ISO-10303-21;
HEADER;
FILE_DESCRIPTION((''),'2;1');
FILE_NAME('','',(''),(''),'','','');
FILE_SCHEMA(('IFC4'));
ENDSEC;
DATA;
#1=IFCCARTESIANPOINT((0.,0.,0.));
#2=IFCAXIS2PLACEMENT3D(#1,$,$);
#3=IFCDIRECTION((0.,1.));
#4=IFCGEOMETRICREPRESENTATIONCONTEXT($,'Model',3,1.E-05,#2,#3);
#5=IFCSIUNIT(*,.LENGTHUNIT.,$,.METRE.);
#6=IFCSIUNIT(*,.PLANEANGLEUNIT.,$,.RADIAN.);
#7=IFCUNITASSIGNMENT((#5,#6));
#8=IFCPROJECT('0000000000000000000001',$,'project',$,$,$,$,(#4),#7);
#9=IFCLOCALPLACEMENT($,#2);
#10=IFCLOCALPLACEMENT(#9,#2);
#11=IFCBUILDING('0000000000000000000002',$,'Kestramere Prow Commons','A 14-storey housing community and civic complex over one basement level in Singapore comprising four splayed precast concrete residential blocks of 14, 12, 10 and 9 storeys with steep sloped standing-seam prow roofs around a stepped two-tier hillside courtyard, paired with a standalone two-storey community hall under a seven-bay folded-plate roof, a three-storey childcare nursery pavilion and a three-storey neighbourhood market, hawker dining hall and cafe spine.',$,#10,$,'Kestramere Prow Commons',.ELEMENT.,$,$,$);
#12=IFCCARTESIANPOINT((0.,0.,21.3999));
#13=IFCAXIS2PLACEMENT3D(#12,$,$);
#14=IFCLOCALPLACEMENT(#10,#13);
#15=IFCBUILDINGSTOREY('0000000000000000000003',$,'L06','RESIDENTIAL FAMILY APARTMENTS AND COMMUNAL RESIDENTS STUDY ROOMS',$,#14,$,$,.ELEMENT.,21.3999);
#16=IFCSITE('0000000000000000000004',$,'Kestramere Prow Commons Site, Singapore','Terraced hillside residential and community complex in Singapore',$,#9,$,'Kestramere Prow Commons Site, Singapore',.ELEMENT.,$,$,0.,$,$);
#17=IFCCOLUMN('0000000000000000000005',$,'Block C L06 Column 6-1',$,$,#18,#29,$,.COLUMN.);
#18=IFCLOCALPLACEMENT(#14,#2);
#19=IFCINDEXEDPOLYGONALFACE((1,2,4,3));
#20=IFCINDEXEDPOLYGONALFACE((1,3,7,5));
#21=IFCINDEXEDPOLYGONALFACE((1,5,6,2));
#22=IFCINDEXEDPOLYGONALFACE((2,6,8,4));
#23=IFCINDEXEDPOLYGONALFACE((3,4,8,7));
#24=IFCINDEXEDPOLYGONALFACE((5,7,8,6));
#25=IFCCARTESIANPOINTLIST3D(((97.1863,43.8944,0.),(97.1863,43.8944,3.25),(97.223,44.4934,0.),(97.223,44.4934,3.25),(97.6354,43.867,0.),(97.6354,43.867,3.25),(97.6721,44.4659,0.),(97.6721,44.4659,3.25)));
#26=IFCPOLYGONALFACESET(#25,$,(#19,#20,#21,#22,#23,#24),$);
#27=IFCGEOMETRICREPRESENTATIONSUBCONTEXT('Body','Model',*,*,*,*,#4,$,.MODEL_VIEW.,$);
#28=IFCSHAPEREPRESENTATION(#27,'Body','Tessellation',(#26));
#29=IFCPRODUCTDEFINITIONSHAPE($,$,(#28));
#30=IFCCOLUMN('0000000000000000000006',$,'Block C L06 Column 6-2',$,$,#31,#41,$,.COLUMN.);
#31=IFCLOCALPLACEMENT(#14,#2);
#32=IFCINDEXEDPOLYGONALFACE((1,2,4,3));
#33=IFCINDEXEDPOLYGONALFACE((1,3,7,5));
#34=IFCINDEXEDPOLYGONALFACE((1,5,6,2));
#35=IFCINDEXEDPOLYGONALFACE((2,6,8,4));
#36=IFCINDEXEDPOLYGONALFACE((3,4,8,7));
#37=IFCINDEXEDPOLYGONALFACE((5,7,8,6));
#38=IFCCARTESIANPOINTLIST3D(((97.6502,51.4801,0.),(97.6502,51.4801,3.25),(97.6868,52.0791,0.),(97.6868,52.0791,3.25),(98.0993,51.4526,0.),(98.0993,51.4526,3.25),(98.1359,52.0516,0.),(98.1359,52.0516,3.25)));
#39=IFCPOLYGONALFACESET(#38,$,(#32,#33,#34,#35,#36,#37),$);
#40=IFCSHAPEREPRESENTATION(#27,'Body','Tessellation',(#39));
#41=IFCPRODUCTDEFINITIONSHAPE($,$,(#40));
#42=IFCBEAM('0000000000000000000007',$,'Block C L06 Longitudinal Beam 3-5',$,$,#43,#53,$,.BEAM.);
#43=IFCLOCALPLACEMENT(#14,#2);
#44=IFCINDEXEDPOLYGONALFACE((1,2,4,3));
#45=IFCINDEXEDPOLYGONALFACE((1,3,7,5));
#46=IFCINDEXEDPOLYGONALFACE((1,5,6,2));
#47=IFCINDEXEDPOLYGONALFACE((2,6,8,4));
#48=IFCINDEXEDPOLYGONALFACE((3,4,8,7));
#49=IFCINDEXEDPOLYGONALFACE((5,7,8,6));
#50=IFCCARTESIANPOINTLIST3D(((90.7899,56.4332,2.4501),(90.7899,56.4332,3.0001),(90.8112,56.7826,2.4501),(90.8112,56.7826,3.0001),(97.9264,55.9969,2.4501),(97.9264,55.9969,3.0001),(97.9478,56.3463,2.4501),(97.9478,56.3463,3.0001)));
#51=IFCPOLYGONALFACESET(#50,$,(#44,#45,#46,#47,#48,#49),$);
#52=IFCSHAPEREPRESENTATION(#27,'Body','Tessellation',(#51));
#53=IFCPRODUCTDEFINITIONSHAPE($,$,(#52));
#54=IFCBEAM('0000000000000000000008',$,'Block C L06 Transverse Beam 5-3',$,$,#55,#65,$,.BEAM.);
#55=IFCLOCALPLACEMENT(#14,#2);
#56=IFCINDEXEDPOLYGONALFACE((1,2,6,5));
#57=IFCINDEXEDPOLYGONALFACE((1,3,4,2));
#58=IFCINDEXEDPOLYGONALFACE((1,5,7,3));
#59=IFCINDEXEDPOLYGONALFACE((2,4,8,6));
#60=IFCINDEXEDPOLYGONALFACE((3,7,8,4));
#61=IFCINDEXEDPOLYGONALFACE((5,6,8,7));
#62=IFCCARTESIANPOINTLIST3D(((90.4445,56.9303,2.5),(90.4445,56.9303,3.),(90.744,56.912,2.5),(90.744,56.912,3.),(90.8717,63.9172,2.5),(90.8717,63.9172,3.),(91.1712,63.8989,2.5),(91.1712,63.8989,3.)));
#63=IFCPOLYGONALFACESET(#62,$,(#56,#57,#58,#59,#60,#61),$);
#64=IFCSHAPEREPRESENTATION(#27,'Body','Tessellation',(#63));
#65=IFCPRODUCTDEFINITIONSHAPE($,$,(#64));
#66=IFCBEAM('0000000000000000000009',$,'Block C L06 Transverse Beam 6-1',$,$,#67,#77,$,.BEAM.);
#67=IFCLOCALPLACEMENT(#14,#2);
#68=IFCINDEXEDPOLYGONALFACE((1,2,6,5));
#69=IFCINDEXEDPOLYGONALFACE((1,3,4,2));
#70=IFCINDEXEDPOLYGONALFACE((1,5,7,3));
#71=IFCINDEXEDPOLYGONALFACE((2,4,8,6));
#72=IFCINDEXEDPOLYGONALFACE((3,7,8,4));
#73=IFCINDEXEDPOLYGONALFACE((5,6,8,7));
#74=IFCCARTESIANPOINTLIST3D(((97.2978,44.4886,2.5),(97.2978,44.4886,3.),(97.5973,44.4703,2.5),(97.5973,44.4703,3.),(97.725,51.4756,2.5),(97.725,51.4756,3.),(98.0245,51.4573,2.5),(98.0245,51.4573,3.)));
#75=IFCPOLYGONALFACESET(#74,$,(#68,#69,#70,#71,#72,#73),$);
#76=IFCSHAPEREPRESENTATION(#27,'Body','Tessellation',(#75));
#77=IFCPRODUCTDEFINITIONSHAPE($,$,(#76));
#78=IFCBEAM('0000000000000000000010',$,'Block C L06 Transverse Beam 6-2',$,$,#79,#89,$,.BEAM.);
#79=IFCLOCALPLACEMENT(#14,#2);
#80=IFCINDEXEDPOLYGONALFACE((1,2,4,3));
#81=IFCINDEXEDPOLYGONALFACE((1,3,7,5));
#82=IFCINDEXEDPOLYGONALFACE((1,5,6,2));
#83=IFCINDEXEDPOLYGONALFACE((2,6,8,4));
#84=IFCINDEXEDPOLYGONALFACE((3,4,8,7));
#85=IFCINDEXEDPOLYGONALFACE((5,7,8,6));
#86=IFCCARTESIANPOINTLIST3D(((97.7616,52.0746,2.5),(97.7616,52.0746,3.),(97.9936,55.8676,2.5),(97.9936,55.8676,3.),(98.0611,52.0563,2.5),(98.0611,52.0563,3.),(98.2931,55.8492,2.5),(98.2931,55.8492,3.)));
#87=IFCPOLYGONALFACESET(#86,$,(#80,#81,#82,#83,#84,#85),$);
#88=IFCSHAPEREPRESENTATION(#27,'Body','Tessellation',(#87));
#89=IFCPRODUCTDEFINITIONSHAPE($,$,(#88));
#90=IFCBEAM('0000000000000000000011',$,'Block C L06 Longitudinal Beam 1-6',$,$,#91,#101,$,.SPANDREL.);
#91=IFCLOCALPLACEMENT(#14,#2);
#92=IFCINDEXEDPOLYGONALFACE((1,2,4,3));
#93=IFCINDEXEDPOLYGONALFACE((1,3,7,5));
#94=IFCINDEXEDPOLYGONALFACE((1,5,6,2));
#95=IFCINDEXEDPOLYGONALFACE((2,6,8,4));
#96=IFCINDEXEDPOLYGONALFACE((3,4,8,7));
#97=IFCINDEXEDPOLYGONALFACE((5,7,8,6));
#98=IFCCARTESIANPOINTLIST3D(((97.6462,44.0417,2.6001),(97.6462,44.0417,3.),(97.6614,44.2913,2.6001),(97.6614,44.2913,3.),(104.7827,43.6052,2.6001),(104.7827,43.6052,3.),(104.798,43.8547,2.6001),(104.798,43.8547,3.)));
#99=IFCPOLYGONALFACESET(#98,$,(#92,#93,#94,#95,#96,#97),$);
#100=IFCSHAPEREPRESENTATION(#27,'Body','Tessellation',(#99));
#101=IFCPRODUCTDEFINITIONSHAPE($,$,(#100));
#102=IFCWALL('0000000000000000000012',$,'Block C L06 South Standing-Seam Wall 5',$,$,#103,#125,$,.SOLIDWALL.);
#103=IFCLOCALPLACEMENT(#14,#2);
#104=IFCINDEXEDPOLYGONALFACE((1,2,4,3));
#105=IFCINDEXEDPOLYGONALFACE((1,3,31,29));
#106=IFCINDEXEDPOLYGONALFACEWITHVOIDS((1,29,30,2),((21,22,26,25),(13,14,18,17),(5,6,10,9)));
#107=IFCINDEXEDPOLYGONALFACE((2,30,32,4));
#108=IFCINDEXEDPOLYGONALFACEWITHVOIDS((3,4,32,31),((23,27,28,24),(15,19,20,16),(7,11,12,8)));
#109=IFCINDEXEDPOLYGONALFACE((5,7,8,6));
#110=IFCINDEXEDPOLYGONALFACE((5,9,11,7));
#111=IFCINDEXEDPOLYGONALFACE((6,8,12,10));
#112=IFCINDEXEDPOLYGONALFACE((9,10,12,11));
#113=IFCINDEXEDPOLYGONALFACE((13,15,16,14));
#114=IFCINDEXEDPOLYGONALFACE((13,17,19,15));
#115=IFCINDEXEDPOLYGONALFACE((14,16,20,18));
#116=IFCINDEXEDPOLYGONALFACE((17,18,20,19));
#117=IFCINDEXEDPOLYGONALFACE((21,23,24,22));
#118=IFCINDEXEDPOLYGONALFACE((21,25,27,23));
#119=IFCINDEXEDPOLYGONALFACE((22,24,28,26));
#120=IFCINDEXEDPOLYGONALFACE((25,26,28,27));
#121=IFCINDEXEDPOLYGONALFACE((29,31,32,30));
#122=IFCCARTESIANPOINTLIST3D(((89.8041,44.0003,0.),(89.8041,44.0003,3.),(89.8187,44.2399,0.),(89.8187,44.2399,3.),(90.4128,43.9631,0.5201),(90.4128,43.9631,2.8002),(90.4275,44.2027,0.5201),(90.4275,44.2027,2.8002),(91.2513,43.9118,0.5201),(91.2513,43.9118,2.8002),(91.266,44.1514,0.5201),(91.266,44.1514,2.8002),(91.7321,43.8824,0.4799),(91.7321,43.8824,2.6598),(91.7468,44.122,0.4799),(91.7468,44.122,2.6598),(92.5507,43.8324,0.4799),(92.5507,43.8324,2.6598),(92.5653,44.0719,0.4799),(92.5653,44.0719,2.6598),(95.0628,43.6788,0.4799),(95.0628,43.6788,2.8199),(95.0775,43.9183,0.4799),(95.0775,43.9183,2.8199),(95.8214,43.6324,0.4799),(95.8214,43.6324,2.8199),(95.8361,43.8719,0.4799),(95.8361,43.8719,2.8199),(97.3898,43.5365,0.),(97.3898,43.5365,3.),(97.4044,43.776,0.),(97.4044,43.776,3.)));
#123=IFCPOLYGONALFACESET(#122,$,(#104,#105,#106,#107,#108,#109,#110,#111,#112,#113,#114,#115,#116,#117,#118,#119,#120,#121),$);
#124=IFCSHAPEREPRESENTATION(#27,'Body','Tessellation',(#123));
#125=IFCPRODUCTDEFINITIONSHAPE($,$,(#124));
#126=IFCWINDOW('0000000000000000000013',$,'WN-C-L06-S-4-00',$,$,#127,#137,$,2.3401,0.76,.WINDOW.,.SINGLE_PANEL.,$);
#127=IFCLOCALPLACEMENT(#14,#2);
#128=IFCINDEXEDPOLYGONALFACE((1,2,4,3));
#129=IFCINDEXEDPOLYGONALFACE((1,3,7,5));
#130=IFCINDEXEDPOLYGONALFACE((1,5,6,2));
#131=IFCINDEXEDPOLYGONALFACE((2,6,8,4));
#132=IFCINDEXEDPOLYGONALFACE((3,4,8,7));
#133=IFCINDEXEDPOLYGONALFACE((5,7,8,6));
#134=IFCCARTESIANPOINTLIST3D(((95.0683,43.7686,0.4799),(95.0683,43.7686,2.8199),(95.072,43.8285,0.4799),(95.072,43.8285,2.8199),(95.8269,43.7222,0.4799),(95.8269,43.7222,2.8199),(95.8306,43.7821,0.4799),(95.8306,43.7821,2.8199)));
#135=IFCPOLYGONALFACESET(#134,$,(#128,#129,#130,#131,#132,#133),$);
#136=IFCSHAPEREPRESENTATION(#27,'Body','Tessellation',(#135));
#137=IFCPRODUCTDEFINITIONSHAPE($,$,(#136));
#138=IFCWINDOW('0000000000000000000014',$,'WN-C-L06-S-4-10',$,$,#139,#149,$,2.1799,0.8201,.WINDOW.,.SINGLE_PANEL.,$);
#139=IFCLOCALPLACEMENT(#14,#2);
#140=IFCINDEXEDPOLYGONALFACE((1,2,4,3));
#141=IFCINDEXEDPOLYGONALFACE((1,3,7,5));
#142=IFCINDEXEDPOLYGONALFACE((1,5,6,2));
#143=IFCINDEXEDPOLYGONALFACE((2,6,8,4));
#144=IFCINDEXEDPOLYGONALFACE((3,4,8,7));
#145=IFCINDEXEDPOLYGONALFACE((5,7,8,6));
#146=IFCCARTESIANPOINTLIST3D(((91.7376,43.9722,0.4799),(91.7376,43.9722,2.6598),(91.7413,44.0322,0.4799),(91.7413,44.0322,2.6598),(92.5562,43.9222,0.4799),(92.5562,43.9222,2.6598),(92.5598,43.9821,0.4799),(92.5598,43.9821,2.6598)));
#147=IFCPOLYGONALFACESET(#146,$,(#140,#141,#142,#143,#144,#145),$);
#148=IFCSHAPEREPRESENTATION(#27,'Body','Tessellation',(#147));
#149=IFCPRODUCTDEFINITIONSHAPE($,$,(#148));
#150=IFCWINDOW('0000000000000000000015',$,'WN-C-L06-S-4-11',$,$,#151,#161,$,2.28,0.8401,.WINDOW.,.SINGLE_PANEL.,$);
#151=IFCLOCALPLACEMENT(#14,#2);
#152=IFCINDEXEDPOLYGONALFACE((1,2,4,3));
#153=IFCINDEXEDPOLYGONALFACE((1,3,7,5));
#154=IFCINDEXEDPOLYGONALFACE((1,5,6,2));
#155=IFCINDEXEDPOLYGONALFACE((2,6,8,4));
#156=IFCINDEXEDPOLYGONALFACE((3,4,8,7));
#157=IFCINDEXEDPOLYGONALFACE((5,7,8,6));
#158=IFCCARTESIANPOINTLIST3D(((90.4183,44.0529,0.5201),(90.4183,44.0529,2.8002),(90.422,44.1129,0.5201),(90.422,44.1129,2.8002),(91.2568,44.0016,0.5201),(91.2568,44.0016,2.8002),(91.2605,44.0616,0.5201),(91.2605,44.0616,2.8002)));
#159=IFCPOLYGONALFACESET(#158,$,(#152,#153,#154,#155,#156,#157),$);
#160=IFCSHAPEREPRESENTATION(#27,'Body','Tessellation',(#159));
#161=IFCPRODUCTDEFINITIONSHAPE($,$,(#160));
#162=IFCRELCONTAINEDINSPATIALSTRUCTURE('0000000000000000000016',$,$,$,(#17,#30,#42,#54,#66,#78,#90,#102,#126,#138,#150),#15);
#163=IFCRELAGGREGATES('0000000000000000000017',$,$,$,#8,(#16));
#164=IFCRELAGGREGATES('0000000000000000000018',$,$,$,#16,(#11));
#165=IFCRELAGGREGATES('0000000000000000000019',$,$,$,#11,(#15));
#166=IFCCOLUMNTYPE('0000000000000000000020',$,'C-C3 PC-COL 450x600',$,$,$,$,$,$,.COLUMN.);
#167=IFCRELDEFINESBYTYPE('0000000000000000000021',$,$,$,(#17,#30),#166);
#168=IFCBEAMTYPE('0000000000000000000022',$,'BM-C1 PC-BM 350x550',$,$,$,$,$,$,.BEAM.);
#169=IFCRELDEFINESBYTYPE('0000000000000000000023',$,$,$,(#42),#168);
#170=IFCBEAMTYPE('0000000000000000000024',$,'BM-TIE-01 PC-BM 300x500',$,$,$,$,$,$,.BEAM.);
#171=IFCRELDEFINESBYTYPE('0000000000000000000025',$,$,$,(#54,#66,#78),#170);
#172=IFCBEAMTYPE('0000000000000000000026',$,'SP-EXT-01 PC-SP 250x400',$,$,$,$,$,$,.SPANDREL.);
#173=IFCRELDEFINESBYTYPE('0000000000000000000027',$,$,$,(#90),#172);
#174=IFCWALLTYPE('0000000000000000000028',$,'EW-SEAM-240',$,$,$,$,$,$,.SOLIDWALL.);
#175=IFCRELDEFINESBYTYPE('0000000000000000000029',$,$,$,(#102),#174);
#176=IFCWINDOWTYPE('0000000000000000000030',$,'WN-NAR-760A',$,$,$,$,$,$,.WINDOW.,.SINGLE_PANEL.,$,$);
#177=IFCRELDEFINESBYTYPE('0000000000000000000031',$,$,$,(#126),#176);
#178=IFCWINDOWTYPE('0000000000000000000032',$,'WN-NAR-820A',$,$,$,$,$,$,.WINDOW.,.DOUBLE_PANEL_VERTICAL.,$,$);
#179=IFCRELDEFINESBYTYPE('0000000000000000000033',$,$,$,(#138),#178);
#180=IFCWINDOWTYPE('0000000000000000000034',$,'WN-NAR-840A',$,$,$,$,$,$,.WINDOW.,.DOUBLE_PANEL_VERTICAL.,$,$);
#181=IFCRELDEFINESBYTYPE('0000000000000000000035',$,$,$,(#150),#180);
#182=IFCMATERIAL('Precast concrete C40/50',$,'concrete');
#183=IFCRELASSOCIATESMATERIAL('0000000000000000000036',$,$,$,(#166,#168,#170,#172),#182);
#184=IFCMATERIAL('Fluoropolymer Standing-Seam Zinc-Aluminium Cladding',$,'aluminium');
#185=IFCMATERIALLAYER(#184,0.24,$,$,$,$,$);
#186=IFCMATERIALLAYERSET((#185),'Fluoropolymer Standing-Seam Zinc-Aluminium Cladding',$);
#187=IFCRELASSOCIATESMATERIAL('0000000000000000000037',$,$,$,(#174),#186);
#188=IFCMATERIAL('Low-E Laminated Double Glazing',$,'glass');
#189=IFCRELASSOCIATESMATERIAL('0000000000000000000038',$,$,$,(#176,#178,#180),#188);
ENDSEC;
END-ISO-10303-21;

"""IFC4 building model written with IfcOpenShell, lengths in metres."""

from ifc_helpers import new_model, si_unit, direction, frame, frame_2d, origin, origin_2d, place, context, subcontext, project, spatial, rectangle, extrude, material, layer, layer_set, material_profile, profile_set, type_object, element, fill, save


model = new_model("IFC4")

# Units and contexts
model_context = context("Model", 3, precision=1e-05, world=origin(), true_north=direction((0.0, 1.0)))
body_context = subcontext(model_context, "Body", "Model", "MODEL_VIEW")
ifc_project = project(units=[si_unit("LENGTHUNIT", "METRE"), si_unit("PLANEANGLEUNIT", "RADIAN")], contexts=[model_context])

# Site, building, storey
site_placement = place(None, origin())
site = spatial("IfcSite", under=ifc_project, at=site_placement, Name="Kestramere Prow Commons Site, Singapore", Description="Terraced hillside residential and community complex in Singapore", LongName="Kestramere Prow Commons Site, Singapore", CompositionType="ELEMENT", RefElevation=0.0)
building_placement = place(site_placement, origin())
building = spatial("IfcBuilding", under=site, at=building_placement, Name="Kestramere Prow Commons", Description="A 14-storey housing community and civic complex over one basement level in Singapore comprising four splayed precast concrete residential blocks of 14, 12, 10 and 9 storeys with steep sloped standing-seam prow roofs around a stepped two-tier hillside courtyard, paired with a standalone two-storey community hall under a seven-bay folded-plate roof, a three-storey childcare nursery pavilion and a three-storey neighbourhood market, hawker dining hall and cafe spine.", LongName="Kestramere Prow Commons", CompositionType="ELEMENT")
storey_placement = place(building_placement, frame((0.0, 0.0, 21.3999)))
storey = spatial("IfcBuildingStorey", under=building, at=storey_placement, Name="L06", Description="RESIDENTIAL FAMILY APARTMENTS AND COMMUNAL RESIDENTS STUDY ROOMS", CompositionType="ELEMENT", Elevation=21.3999)

# Columns
ifc_material_1 = material(Name="Precast concrete C40/50", Category="concrete")
ifc_material_profile_1 = material_profile(ifc_material_1, rectangle(XDim=0.45, YDim=0.6001, at=origin_2d()), Name="PC-COL 450x600")
ifc_profile_set_1 = profile_set([ifc_material_profile_1], Name="Precast concrete C40/50")
column_type = type_object("IfcColumnType", Name="C-C3 PC-COL 450x600", PredefinedType="COLUMN", material=ifc_profile_set_1)
for number, where, z_axis, x_axis, name in (
    (1, (97.4292, 44.1802, 0.0), (0.0, 0.0, 1.0), (0.998135, -0.061049, 0.0), "Block C L06 Column 6-1"),
    (2, (97.8931, 51.7659, 0.0), (0.0, 0.0, 1.0), (0.998135, -0.061049, 0.0), "Block C L06 Column 6-2"),
):
    element("IfcColumn", number, at=place(storey_placement, frame(where, z_axis=z_axis, x_axis=x_axis)), inside=storey, type_object=column_type, Name=name, PredefinedType="COLUMN", context=body_context, shape_type="SweptSolid", body=[
        extrude(rectangle(XDim=0.45, YDim=0.6001, at=origin_2d()), origin(), (0.0, 0.0, 1.0), 3.25),
    ])

# Beams
ifc_material_profile_2 = material_profile(ifc_material_1, rectangle(XDim=0.3501, YDim=0.55, at=origin_2d()), Name="PC-BM 350x550")
ifc_profile_set_2 = profile_set([ifc_material_profile_2], Name="Precast concrete C40/50")
beam_type_1 = type_object("IfcBeamType", Name="BM-C1 PC-BM 350x550", PredefinedType="BEAM", material=ifc_profile_set_2)
beam_1_placement = place(storey_placement, frame((90.8005, 56.6079, 2.7251), z_axis=(0.998137, -0.06102, 0.0), x_axis=(0.06102, 0.998137, 0.0)))
element("IfcBeam", 3, at=beam_1_placement, inside=storey, type_object=beam_type_1, Name="Block C L06 Longitudinal Beam 3-5", PredefinedType="BEAM", context=body_context, shape_type="SweptSolid", body=[
    extrude(rectangle(XDim=0.3501, YDim=0.55, at=origin_2d()), origin(), (0.0, 0.0, 1.0), 7.1499),
])
ifc_material_profile_3 = material_profile(ifc_material_1, rectangle(XDim=0.3, YDim=0.5, at=origin_2d()), Name="PC-BM 300x500")
ifc_profile_set_3 = profile_set([ifc_material_profile_3], Name="Precast concrete C40/50")
beam_type_2 = type_object("IfcBeamType", Name="BM-TIE-01 PC-BM 300x500", PredefinedType="BEAM", material=ifc_profile_set_3)
for number, where, z_axis, x_axis, name in (
    (4, (90.5942, 56.9211, 2.75), (0.061034, 0.998136, 0.0), (-0.998136, 0.061034, 0.0), "Block C L06 Transverse Beam 5-3"),
    (5, (97.4475, 44.4795, 2.75), (0.061034, 0.998136, 0.0), (-0.998136, 0.061034, 0.0), "Block C L06 Transverse Beam 6-1"),
):
    element("IfcBeam", number, at=place(storey_placement, frame(where, z_axis=z_axis, x_axis=x_axis)), inside=storey, type_object=beam_type_2, Name=name, PredefinedType="BEAM", context=body_context, shape_type="SweptSolid", body=[
        extrude(rectangle(XDim=0.3, YDim=0.5, at=origin_2d()), origin(), (0.0, 0.0, 1.0), 7.0),
    ])
beam_2_placement = place(storey_placement, frame((97.9114, 52.0654, 2.75), z_axis=(0.061034, 0.998136, 0.0), x_axis=(-0.998136, 0.061034, 0.0)))
element("IfcBeam", 6, at=beam_2_placement, inside=storey, type_object=beam_type_2, Name="Block C L06 Transverse Beam 6-2", PredefinedType="BEAM", context=body_context, shape_type="SweptSolid", body=[
    extrude(rectangle(XDim=0.3, YDim=0.5, at=origin_2d()), origin(), (0.0, 0.0, 1.0), 3.8),
])
ifc_material_profile_4 = material_profile(ifc_material_1, rectangle(XDim=0.25, YDim=0.3999, at=origin_2d()), Name="PC-SP 250x400")
ifc_profile_set_4 = profile_set([ifc_material_profile_4], Name="Precast concrete C40/50")
beam_type_3 = type_object("IfcBeamType", Name="SP-EXT-01 PC-SP 250x400", PredefinedType="SPANDREL", material=ifc_profile_set_4)
beam_3_placement = place(storey_placement, frame((97.6538, 44.1665, 2.8), z_axis=(0.998134, -0.061054, 0.0), x_axis=(0.061054, 0.998134, 0.0)))
element("IfcBeam", 7, at=beam_3_placement, inside=storey, type_object=beam_type_3, Name="Block C L06 Longitudinal Beam 1-6", PredefinedType="SPANDREL", context=body_context, shape_type="SweptSolid", body=[
    extrude(rectangle(XDim=0.25, YDim=0.3999, at=origin_2d()), origin(), (0.0, 0.0, 1.0), 7.1499),
])

# Wall, openings, windows
ifc_material_2 = material(Name="Fluoropolymer Standing-Seam Zinc-Aluminium Cladding", Category="aluminium")
ifc_layer_1 = layer(ifc_material_2, 0.24)
ifc_layer_set_1 = layer_set([ifc_layer_1], Name="Fluoropolymer Standing-Seam Zinc-Aluminium Cladding")
wall_type_1 = type_object("IfcWallType", Name="EW-SEAM-240", PredefinedType="SOLIDWALL", material=ifc_layer_set_1)
wall_1_placement = place(storey_placement, frame((97.397, 43.6562, 0.0), z_axis=(0.0, 0.0, 1.0), x_axis=(-0.998136, 0.061036, 0.0)))
wall_1 = element("IfcWall", 8, at=wall_1_placement, inside=storey, type_object=wall_type_1, Name="Block C L06 South Standing-Seam Wall 5", PredefinedType="SOLIDWALL", context=body_context, shape_type="SweptSolid", body=[
    extrude(rectangle(XDim=7.5999, YDim=0.24, at=frame_2d((3.7998, 0.0))), origin(), (0.0, 0.0, 1.0), 3.0),
])
opening_1_placement = place(wall_1_placement, frame((1.5713, 0.0, 0.48)))
opening_1 = element("IfcOpeningElement", 9, at=opening_1_placement, cuts=wall_1, PredefinedType="OPENING", context=body_context, shape_type="SweptSolid", body=[
    extrude(rectangle(XDim=0.76, YDim=2.3401, at=frame_2d((0.3799, 1.1699))), frame((0.0, 0.135, 0.0), z_axis=(0.0, -1.0, 0.0), x_axis=(1.0, 0.0, 0.0)), (0.0, 0.0, 1.0), 0.27),
])
opening_2_placement = place(wall_1_placement, frame((4.8479, 0.0, 0.48)))
opening_2 = element("IfcOpeningElement", 10, at=opening_2_placement, cuts=wall_1, PredefinedType="OPENING", context=body_context, shape_type="SweptSolid", body=[
    extrude(rectangle(XDim=0.8201, YDim=2.1799, at=frame_2d((0.4102, 1.0898))), frame((0.0, 0.135, 0.0), z_axis=(0.0, -1.0, 0.0), x_axis=(1.0, 0.0, 0.0)), (0.0, 0.0, 1.0), 0.27),
])
opening_3_placement = place(wall_1_placement, frame((6.1499, 0.0, 0.52)))
opening_3 = element("IfcOpeningElement", 11, at=opening_3_placement, cuts=wall_1, PredefinedType="OPENING", context=body_context, shape_type="SweptSolid", body=[
    extrude(rectangle(XDim=0.8401, YDim=2.28, at=frame_2d((0.4199, 1.1401))), frame((0.0, 0.135, 0.0), z_axis=(0.0, -1.0, 0.0), x_axis=(1.0, 0.0, 0.0)), (0.0, 0.0, 1.0), 0.27),
])
ifc_material_3 = material(Name="Low-E Laminated Double Glazing", Category="glass")
window_type_1 = type_object("IfcWindowType", Name="WN-NAR-760A", PartitioningType="SINGLE_PANEL", PredefinedType="WINDOW", material=ifc_material_3)
window_1_placement = place(opening_1_placement, origin())
window_1 = element("IfcWindow", 12, at=window_1_placement, inside=storey, type_object=window_type_1, Name="WN-C-L06-S-4-00", OverallHeight=2.3401, OverallWidth=0.76, PartitioningType="SINGLE_PANEL", PredefinedType="WINDOW", context=body_context, shape_type="SweptSolid", body=[
    extrude(rectangle(XDim=0.76, YDim=2.3401, at=frame_2d((0.3799, 1.1699))), frame((0.0, 0.03, 0.0), z_axis=(0.0, -1.0, 0.0), x_axis=(1.0, 0.0, 0.0)), (0.0, 0.0, 1.0), 0.0601),
])
fill(opening_1, window_1)
window_type_2 = type_object("IfcWindowType", Name="WN-NAR-820A", PartitioningType="DOUBLE_PANEL_VERTICAL", PredefinedType="WINDOW", material=ifc_material_3)
window_2_placement = place(opening_2_placement, origin())
window_2 = element("IfcWindow", 13, at=window_2_placement, inside=storey, type_object=window_type_2, Name="WN-C-L06-S-4-10", OverallHeight=2.1799, OverallWidth=0.8201, PartitioningType="SINGLE_PANEL", PredefinedType="WINDOW", context=body_context, shape_type="SweptSolid", body=[
    extrude(rectangle(XDim=0.8201, YDim=2.1799, at=frame_2d((0.4102, 1.0898))), frame((0.0, 0.03, 0.0), z_axis=(0.0, -1.0, 0.0), x_axis=(1.0, 0.0, 0.0)), (0.0, 0.0, 1.0), 0.0601),
])
fill(opening_2, window_2)
window_type_3 = type_object("IfcWindowType", Name="WN-NAR-840A", PartitioningType="DOUBLE_PANEL_VERTICAL", PredefinedType="WINDOW", material=ifc_material_3)
window_3_placement = place(opening_3_placement, origin())
window_3 = element("IfcWindow", 14, at=window_3_placement, inside=storey, type_object=window_type_3, Name="WN-C-L06-S-4-11", OverallHeight=2.28, OverallWidth=0.8401, PartitioningType="SINGLE_PANEL", PredefinedType="WINDOW", context=body_context, shape_type="SweptSolid", body=[
    extrude(rectangle(XDim=0.8401, YDim=2.28, at=frame_2d((0.4199, 1.1401))), frame((0.0, 0.03, 0.0), z_axis=(0.0, -1.0, 0.0), x_axis=(1.0, 0.0, 0.0)), (0.0, 0.0, 1.0), 0.0601),
])
fill(opening_3, window_3)

save(model, "model.ifc")
